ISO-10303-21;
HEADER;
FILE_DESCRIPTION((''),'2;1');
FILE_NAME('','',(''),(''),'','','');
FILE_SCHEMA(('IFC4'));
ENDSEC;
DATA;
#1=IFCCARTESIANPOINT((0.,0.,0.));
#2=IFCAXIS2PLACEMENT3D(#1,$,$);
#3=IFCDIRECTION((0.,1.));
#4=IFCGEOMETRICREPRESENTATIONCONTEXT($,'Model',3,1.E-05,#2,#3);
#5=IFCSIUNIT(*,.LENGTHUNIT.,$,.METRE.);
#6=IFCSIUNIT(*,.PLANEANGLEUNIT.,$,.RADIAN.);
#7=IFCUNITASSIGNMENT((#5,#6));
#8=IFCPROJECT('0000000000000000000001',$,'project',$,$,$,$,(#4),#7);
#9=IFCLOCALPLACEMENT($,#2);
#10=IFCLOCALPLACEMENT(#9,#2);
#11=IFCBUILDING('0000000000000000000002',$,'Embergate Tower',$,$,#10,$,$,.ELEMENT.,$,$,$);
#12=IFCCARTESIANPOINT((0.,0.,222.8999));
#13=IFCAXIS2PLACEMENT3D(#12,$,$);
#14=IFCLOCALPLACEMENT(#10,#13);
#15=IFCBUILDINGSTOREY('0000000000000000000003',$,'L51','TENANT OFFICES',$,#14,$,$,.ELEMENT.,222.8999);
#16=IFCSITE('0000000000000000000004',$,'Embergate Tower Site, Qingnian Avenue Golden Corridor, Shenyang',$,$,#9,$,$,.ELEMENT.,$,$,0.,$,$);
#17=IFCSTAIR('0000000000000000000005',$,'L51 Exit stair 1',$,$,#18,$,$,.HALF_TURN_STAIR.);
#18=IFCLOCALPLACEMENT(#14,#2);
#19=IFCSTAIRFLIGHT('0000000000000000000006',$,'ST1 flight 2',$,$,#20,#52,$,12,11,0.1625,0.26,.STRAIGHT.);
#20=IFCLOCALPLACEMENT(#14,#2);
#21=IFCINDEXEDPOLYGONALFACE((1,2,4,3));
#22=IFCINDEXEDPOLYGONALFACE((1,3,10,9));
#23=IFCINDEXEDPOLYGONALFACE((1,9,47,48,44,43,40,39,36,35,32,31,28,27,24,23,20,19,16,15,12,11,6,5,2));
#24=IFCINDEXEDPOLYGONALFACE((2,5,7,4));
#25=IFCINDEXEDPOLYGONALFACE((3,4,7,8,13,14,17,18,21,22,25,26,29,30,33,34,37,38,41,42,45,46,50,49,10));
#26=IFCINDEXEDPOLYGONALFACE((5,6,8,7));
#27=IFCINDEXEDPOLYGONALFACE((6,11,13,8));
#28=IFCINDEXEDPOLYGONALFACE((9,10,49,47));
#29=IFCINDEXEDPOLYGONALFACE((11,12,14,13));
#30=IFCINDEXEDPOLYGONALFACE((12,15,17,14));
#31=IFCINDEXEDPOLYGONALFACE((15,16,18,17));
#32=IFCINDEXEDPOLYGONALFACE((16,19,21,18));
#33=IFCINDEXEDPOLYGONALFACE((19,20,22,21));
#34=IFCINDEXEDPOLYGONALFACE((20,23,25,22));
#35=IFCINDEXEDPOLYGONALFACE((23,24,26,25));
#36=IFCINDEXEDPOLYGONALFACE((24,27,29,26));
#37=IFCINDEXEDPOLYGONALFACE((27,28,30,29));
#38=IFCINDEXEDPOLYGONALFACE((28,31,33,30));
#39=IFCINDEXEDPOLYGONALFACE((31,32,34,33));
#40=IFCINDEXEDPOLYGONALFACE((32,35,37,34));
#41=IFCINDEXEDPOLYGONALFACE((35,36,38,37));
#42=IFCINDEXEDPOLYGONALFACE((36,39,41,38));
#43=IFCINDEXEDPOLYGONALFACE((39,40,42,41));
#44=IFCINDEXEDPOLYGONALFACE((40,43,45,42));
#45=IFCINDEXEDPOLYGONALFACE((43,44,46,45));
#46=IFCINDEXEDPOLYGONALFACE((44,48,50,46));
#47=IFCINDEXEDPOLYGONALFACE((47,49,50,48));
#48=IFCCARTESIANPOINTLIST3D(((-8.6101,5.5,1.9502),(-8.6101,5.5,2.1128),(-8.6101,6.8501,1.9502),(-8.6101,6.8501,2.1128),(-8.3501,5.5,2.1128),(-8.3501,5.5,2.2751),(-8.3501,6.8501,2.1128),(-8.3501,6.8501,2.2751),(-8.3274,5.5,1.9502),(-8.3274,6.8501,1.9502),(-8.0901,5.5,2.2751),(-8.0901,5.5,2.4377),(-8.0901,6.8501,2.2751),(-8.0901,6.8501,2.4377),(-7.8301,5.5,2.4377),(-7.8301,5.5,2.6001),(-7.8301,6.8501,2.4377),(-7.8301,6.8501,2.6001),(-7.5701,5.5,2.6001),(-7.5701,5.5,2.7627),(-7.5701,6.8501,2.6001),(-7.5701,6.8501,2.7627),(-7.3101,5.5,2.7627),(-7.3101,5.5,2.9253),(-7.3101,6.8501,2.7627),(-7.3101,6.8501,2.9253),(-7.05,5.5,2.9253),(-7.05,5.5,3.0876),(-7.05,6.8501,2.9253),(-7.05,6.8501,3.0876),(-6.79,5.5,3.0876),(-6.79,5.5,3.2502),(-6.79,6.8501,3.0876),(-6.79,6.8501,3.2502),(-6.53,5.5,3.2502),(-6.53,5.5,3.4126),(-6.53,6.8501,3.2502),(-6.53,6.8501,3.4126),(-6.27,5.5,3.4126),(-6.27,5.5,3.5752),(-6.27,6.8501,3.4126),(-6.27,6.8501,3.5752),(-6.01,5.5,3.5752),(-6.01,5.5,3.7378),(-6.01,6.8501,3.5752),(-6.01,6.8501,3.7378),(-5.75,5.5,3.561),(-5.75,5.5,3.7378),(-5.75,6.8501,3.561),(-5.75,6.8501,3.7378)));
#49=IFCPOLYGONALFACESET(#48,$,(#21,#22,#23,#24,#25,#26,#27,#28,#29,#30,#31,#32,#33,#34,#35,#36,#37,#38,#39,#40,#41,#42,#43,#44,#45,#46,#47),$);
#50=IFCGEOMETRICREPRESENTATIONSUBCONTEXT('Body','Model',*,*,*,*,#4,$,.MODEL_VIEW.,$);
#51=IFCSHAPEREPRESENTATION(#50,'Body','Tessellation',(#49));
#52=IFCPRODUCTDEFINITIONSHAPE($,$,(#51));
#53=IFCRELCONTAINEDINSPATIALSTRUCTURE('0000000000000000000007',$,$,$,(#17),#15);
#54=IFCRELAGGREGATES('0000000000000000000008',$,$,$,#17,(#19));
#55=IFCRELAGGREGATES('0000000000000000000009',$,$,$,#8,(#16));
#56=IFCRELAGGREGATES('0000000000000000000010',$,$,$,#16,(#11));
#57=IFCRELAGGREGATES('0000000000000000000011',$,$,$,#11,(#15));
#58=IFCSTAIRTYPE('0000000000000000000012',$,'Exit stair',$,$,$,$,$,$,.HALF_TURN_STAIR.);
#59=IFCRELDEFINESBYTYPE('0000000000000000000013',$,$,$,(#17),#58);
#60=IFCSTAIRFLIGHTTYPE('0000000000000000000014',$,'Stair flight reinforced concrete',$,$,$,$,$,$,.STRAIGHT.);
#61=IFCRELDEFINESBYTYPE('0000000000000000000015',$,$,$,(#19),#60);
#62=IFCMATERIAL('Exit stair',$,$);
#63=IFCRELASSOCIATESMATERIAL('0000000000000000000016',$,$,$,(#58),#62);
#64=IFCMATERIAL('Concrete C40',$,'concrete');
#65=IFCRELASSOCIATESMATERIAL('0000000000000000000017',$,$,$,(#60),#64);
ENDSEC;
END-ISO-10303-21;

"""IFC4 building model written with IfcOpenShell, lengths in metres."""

from ifc_helpers import new_model, si_unit, direction, frame, origin, place, context, subcontext, project, spatial, polyline, outline, extrude, source, transform, mapped, material, type_object, element, aggregate, save


model = new_model("IFC4")

# Units and contexts
model_context = context("Model", 3, precision=1e-05, world=origin(), true_north=direction((0.0, 1.0)))
body_context = subcontext(model_context, "Body", "Model", "MODEL_VIEW")
ifc_project = project(units=[si_unit("LENGTHUNIT", "METRE"), si_unit("PLANEANGLEUNIT", "RADIAN")], contexts=[model_context])

# Site, building, storey
site_placement = place(None, origin())
site = spatial("IfcSite", under=ifc_project, at=site_placement, Name="Embergate Tower Site, Qingnian Avenue Golden Corridor, Shenyang", CompositionType="ELEMENT", RefElevation=0.0)
building_placement = place(site_placement, origin())
building = spatial("IfcBuilding", under=site, at=building_placement, Name="Embergate Tower", CompositionType="ELEMENT")
storey_placement = place(building_placement, frame((0.0, 0.0, 222.8999)))
storey = spatial("IfcBuildingStorey", under=building, at=storey_placement, Name="L51", Description="TENANT OFFICES", CompositionType="ELEMENT", Elevation=222.8999)

# Stair
ifc_material_1 = material(Name="Exit stair")
stair_type = type_object("IfcStairType", Name="Exit stair", PredefinedType="HALF_TURN_STAIR", material=ifc_material_1)
stair_placement = place(storey_placement, origin())
stair = element("IfcStair", 1, at=stair_placement, inside=storey, type_object=stair_type, Name="L51 Exit stair 1", PredefinedType="HALF_TURN_STAIR")
ifc_material_2 = material(Name="Concrete C40", Category="concrete")

# Stair flight
stair_flight_type = type_object("IfcStairFlightType", Name="Stair flight reinforced concrete", PredefinedType="STRAIGHT", material=ifc_material_2)
shared_shape_1 = source(origin(), body_context, "Body", "SweptSolid", [
    extrude(outline(polyline([(0.0, 0.0), (0.0, 0.1626), (0.26, 0.1626), (0.26, 0.325), (0.52, 0.325), (0.52, 0.4875), (0.78, 0.4875), (0.78, 0.6499), (1.04, 0.6499), (1.04, 0.8125), (1.3, 0.8125), (1.3, 0.9751), (1.5601, 0.9751), (1.5601, 1.1375), (1.8201, 1.1375), (1.8201, 1.3), (2.0801, 1.3), (2.0801, 1.4624), (2.3401, 1.4624), (2.3401, 1.625), (2.6001, 1.625), (2.6001, 1.7876), (2.8601, 1.7876), (2.8601, 1.95), (2.8601, 1.6108), (0.2827, 0.0), (0.0, 0.0)])), frame((0.0, 0.675, 0.0), z_axis=(0.0, -1.0, 0.0), x_axis=(1.0, 0.0, 0.0)), (0.0, 0.0, 1.0), 1.3501),
])
stair_flight_1_placement = place(storey_placement, frame((-8.6101, 6.175, 1.9502), z_axis=(0.0, 0.0, 1.0), x_axis=(1.0, 0.0, 0.0)))
stair_flight_1 = element("IfcStairFlight", 2, at=stair_flight_1_placement, type_object=stair_flight_type, Name="ST1 flight 2", NumberOfRisers=12, NumberOfTreads=11, PredefinedType="STRAIGHT", RiserHeight=0.1625, TreadLength=0.26, context=body_context, shape_type="MappedRepresentation", body=[
    mapped(shared_shape_1, transform((0.0, 0.0, 0.0))),
])
aggregate(stair, [stair_flight_1])

save(model, "model.ifc")
